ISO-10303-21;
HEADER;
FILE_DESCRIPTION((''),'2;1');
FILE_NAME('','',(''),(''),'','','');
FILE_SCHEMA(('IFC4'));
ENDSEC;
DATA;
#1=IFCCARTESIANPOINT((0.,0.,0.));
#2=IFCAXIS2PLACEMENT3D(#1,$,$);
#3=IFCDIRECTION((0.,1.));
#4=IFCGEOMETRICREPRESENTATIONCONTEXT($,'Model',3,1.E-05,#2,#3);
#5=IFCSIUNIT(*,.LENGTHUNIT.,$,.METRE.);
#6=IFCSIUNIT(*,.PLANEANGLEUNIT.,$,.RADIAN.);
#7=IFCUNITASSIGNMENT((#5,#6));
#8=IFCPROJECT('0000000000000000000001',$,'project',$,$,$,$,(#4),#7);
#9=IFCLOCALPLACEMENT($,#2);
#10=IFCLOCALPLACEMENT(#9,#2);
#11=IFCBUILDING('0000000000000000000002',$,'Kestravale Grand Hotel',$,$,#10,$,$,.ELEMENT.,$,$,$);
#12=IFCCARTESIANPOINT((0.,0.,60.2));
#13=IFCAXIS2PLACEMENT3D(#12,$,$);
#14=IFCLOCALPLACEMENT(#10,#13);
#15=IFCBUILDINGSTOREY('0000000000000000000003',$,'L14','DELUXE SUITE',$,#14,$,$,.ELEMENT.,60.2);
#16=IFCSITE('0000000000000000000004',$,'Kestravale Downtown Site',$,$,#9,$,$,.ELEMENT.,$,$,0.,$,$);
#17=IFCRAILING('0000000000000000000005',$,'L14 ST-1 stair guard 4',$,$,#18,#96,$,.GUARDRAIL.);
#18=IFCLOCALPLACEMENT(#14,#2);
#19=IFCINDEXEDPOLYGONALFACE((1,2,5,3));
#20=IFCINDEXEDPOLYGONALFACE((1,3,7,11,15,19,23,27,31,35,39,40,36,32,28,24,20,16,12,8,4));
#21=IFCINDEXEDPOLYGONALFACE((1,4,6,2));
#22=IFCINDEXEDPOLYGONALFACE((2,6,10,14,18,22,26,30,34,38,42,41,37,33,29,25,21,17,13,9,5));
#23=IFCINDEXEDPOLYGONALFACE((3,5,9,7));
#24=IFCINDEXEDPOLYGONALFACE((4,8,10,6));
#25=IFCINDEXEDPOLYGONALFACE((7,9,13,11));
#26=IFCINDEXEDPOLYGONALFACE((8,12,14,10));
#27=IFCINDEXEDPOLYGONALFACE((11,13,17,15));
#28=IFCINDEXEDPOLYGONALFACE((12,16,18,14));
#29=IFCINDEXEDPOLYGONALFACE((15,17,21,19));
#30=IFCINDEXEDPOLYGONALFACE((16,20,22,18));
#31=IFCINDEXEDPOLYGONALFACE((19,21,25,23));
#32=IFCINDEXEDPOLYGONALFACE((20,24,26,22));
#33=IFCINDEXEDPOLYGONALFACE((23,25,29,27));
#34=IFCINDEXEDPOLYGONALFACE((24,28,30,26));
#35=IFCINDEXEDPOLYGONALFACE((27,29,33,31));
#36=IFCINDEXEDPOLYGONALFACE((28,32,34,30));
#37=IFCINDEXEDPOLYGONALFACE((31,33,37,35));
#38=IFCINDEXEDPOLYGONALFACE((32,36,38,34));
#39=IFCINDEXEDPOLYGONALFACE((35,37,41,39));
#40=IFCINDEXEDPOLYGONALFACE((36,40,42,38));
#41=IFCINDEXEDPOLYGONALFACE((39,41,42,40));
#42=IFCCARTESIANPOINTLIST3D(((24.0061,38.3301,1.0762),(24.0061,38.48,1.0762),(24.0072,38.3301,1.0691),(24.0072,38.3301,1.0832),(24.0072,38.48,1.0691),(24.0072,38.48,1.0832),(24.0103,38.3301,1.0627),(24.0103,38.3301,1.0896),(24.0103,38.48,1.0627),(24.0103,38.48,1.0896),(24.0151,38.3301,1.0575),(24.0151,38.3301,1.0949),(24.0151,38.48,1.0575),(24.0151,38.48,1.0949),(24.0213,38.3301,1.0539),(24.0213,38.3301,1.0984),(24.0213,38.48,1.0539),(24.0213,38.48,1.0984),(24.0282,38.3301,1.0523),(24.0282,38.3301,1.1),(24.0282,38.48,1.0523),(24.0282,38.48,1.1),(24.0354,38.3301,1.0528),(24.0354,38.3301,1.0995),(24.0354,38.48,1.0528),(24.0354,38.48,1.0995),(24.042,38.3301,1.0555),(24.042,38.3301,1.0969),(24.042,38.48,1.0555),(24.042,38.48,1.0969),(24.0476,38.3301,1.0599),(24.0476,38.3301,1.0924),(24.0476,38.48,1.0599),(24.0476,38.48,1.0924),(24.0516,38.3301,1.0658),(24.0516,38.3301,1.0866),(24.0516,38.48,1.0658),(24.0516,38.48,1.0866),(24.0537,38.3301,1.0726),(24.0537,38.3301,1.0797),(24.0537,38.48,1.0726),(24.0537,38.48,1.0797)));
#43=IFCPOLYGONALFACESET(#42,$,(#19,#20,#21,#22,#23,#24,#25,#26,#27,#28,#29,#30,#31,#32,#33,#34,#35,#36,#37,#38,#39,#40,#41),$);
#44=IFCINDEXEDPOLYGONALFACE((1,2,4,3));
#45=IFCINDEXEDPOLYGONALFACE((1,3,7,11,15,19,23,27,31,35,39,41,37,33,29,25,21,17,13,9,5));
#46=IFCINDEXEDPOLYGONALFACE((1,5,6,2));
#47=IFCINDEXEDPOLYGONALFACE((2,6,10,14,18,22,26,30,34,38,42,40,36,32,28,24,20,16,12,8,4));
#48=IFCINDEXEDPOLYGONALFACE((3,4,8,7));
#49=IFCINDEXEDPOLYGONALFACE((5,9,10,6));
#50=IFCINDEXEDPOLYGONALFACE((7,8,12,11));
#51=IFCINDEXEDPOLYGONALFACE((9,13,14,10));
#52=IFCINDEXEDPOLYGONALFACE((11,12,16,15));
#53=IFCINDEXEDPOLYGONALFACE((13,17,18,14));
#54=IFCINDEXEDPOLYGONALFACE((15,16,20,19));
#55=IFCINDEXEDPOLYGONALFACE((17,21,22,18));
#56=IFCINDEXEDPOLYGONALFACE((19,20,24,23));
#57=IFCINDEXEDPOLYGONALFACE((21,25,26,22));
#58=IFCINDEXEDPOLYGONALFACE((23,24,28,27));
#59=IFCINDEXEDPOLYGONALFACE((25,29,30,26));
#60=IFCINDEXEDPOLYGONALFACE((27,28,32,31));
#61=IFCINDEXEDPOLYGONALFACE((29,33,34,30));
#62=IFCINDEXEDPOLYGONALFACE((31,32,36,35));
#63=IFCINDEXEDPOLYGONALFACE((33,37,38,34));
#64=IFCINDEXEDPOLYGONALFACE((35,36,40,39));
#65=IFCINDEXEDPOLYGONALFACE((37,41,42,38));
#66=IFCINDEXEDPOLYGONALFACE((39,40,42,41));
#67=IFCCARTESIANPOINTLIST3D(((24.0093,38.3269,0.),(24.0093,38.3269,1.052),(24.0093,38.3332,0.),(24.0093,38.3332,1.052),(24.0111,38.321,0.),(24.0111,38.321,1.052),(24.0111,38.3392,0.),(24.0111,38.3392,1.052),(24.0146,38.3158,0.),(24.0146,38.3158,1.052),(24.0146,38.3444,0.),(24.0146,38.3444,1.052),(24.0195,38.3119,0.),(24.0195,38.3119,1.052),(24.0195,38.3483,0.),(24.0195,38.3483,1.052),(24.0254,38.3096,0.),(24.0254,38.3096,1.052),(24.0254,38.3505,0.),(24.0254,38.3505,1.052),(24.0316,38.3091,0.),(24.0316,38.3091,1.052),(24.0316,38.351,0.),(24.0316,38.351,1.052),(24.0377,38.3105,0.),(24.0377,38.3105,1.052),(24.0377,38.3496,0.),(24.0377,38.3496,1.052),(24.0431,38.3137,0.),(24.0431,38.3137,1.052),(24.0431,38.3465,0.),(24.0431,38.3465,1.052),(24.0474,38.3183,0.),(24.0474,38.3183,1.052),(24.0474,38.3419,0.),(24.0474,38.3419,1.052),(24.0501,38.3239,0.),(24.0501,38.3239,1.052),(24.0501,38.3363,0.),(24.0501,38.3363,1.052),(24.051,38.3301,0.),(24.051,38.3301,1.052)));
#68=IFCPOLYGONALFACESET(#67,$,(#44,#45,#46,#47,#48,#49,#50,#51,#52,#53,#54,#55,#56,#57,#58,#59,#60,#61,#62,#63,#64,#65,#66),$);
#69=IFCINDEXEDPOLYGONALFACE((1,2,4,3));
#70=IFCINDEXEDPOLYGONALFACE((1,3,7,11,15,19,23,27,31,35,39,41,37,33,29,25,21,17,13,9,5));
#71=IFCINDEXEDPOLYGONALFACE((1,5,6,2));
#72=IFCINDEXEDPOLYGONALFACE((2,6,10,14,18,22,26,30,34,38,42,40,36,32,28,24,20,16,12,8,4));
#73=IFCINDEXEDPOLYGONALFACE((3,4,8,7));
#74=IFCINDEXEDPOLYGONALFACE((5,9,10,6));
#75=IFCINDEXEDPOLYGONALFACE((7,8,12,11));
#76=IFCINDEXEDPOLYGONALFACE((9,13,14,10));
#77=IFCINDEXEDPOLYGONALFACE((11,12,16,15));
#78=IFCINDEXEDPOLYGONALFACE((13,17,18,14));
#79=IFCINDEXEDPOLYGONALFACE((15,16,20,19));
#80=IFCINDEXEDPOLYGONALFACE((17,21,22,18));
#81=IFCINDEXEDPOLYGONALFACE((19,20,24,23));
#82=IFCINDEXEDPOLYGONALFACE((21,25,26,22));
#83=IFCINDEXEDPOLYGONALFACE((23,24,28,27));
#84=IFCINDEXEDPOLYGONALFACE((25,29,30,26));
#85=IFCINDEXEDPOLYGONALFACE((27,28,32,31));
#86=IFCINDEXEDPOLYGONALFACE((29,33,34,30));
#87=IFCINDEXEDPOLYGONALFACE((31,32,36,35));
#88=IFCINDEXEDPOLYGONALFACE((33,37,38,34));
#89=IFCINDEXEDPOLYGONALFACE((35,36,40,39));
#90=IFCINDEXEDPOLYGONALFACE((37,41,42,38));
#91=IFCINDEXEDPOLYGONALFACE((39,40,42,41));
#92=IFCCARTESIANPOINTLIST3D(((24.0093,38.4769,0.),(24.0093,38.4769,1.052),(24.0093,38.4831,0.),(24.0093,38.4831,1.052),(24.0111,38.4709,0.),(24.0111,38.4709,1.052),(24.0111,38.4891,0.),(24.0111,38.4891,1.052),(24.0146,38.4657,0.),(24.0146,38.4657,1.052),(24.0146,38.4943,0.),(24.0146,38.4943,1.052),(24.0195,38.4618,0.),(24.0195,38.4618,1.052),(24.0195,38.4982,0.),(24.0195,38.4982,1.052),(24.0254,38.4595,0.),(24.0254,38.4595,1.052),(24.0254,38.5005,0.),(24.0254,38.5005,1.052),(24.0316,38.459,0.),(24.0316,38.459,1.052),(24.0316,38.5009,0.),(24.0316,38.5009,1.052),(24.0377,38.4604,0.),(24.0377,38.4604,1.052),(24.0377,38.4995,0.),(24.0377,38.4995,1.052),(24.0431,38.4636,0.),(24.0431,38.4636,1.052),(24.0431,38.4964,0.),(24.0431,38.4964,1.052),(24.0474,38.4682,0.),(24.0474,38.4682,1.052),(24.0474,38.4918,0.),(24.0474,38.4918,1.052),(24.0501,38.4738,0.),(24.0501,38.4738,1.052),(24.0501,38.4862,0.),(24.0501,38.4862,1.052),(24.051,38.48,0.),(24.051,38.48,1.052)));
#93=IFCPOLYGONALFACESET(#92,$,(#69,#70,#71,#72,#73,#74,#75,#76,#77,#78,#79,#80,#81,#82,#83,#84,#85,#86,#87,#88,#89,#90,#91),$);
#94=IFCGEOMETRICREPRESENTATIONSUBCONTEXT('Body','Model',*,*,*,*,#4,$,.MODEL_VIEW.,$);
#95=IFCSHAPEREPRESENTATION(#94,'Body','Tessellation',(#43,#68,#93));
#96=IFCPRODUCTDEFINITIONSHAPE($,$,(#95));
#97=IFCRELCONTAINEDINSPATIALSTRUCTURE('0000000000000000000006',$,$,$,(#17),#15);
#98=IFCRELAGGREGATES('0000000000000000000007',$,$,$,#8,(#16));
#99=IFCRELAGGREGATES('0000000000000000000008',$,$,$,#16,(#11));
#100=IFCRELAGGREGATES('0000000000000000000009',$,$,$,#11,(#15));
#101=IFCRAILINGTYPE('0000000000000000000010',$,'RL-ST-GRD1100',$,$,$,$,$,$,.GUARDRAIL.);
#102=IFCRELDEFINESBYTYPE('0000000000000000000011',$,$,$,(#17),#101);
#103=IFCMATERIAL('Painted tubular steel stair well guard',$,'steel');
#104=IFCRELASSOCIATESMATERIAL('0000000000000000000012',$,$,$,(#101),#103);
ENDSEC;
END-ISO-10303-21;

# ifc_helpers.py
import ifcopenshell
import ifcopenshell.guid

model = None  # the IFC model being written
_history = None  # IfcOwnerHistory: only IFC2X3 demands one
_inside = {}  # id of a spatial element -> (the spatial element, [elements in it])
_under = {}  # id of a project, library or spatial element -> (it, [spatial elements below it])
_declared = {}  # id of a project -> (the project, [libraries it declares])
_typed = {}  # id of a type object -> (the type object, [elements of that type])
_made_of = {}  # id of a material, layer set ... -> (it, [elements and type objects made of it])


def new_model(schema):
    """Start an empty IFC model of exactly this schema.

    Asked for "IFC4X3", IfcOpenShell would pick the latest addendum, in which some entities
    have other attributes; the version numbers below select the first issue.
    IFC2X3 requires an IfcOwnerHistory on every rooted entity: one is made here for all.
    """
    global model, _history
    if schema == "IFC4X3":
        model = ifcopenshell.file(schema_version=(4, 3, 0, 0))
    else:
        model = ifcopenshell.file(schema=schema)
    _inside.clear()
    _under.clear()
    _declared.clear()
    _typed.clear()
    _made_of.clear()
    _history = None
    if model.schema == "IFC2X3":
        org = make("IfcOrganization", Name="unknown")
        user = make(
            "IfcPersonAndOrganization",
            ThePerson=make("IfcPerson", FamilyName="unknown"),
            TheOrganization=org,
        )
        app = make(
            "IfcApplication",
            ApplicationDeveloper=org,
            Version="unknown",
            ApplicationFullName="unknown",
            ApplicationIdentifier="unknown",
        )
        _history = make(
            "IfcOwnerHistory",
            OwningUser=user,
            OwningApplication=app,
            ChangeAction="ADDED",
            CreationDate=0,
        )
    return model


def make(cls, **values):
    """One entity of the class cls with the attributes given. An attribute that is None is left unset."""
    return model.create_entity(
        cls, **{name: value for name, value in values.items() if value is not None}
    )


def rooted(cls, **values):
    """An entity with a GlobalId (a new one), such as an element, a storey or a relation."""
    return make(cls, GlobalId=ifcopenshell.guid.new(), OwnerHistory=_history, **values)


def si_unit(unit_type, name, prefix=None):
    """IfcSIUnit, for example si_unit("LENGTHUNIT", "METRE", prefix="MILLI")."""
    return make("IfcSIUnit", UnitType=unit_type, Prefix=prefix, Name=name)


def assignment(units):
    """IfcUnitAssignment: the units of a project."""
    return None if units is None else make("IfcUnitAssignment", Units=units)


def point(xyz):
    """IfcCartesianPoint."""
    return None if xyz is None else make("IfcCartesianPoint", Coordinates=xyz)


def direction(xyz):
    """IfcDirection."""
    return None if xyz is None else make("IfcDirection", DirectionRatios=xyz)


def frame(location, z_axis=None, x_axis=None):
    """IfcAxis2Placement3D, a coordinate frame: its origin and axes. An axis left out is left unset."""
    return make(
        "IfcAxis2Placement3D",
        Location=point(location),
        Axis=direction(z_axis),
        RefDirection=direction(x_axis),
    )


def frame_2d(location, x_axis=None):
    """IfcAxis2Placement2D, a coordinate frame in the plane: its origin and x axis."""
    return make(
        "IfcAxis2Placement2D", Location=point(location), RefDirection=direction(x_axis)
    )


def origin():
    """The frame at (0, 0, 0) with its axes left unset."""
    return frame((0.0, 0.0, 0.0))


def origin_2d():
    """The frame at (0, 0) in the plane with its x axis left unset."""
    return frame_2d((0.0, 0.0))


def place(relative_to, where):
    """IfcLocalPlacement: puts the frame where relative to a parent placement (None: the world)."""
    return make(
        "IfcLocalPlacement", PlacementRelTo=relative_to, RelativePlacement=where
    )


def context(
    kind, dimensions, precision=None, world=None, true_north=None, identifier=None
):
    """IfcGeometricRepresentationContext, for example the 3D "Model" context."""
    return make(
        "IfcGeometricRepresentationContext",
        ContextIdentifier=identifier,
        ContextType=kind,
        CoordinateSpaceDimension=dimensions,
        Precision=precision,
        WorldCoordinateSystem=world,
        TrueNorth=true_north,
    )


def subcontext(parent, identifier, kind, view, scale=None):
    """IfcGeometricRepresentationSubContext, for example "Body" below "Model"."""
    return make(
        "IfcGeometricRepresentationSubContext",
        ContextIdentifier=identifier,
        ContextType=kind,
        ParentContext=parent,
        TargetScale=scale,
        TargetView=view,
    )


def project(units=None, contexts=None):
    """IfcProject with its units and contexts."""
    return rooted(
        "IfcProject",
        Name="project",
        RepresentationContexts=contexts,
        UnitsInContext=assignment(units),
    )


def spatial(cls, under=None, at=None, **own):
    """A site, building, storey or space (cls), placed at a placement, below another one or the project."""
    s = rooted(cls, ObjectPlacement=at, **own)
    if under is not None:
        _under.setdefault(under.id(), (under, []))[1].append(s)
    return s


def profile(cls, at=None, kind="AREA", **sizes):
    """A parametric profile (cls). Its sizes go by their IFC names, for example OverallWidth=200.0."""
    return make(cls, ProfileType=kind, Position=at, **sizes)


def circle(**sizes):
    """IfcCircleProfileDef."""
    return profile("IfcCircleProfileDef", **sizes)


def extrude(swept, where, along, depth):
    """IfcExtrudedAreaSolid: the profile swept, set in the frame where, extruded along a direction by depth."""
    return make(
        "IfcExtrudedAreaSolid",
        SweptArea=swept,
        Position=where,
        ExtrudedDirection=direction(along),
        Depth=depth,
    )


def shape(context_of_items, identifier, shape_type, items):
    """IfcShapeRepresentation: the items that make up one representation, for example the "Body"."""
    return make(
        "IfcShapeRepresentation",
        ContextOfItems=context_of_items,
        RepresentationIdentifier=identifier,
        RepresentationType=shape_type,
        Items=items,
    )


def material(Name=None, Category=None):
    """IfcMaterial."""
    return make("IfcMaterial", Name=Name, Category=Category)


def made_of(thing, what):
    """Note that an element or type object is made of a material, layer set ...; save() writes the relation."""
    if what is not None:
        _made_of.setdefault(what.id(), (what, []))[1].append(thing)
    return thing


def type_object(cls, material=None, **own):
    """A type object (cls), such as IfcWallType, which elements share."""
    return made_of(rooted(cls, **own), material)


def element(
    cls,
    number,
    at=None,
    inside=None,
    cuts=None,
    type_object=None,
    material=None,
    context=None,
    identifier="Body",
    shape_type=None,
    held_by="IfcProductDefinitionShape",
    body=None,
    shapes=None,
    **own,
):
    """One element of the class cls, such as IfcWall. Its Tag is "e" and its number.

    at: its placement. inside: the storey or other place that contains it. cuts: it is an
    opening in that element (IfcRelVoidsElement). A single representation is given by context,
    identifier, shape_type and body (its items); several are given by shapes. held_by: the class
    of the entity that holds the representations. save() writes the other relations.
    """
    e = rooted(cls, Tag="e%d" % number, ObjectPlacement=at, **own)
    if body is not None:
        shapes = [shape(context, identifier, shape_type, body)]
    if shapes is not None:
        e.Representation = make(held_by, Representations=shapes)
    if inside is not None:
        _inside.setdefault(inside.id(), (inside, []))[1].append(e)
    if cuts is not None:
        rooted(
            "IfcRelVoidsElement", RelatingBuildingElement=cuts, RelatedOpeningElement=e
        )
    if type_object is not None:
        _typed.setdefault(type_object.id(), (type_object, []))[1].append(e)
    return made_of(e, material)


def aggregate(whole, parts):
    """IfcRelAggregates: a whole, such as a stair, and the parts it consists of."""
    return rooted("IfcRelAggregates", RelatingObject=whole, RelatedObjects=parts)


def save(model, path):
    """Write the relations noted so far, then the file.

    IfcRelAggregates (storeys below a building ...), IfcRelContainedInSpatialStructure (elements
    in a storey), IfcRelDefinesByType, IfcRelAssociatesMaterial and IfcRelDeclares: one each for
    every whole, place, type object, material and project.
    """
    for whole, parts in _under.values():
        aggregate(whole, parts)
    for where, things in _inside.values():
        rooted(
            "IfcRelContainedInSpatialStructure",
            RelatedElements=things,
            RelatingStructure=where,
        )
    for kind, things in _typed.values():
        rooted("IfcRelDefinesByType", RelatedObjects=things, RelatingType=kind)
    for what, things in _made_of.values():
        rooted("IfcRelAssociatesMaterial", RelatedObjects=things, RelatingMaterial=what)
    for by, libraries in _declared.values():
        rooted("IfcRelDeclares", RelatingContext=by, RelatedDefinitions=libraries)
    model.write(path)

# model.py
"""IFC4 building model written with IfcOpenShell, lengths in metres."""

from ifc_helpers import new_model, si_unit, direction, frame, origin, origin_2d, place, context, subcontext, project, spatial, circle, extrude, material, type_object, element, save


model = new_model("IFC4")

# Units and contexts
model_context = context("Model", 3, precision=1e-05, world=origin(), true_north=direction((0.0, 1.0)))
body_context = subcontext(model_context, "Body", "Model", "MODEL_VIEW")
ifc_project = project(units=[si_unit("LENGTHUNIT", "METRE"), si_unit("PLANEANGLEUNIT", "RADIAN")], contexts=[model_context])

# Site, building, storey
site_placement = place(None, origin())
site = spatial("IfcSite", under=ifc_project, at=site_placement, Name="Kestravale Downtown Site", CompositionType="ELEMENT", RefElevation=0.0)
building_placement = place(site_placement, origin())
building = spatial("IfcBuilding", under=site, at=building_placement, Name="Kestravale Grand Hotel", CompositionType="ELEMENT")
storey_placement = place(building_placement, frame((0.0, 0.0, 60.2)))
storey = spatial("IfcBuildingStorey", under=building, at=storey_placement, Name="L14", Description="DELUXE SUITE", CompositionType="ELEMENT", Elevation=60.2)

# Railing
ifc_material_1 = material(Name="Painted tubular steel stair well guard", Category="steel")
railing_type_1 = type_object("IfcRailingType", Name="RL-ST-GRD1100", PredefinedType="GUARDRAIL", material=ifc_material_1)
railing_1_placement = place(storey_placement, frame((24.03, 38.3301, 0.0)))
element("IfcRailing", 1, at=railing_1_placement, inside=storey, type_object=railing_type_1, Name="L14 ST-1 stair guard 4", PredefinedType="GUARDRAIL", context=body_context, shape_type="SweptSolid", body=[
    extrude(circle(Radius=0.0239, at=origin_2d()), frame((0.0, 0.0, 1.0762), z_axis=(0.0, 1.0, 0.0), x_axis=(-1.0, 0.0, 0.0)), (0.0, 0.0, 1.0), 0.1499),
    extrude(circle(Radius=0.021, at=origin_2d()), origin(), (0.0, 0.0, 1.0), 1.052),
    extrude(circle(Radius=0.021, at=origin_2d()), frame((0.0, 0.1499, 0.0)), (0.0, 0.0, 1.0), 1.052),
])

save(model, "model.ifc")
